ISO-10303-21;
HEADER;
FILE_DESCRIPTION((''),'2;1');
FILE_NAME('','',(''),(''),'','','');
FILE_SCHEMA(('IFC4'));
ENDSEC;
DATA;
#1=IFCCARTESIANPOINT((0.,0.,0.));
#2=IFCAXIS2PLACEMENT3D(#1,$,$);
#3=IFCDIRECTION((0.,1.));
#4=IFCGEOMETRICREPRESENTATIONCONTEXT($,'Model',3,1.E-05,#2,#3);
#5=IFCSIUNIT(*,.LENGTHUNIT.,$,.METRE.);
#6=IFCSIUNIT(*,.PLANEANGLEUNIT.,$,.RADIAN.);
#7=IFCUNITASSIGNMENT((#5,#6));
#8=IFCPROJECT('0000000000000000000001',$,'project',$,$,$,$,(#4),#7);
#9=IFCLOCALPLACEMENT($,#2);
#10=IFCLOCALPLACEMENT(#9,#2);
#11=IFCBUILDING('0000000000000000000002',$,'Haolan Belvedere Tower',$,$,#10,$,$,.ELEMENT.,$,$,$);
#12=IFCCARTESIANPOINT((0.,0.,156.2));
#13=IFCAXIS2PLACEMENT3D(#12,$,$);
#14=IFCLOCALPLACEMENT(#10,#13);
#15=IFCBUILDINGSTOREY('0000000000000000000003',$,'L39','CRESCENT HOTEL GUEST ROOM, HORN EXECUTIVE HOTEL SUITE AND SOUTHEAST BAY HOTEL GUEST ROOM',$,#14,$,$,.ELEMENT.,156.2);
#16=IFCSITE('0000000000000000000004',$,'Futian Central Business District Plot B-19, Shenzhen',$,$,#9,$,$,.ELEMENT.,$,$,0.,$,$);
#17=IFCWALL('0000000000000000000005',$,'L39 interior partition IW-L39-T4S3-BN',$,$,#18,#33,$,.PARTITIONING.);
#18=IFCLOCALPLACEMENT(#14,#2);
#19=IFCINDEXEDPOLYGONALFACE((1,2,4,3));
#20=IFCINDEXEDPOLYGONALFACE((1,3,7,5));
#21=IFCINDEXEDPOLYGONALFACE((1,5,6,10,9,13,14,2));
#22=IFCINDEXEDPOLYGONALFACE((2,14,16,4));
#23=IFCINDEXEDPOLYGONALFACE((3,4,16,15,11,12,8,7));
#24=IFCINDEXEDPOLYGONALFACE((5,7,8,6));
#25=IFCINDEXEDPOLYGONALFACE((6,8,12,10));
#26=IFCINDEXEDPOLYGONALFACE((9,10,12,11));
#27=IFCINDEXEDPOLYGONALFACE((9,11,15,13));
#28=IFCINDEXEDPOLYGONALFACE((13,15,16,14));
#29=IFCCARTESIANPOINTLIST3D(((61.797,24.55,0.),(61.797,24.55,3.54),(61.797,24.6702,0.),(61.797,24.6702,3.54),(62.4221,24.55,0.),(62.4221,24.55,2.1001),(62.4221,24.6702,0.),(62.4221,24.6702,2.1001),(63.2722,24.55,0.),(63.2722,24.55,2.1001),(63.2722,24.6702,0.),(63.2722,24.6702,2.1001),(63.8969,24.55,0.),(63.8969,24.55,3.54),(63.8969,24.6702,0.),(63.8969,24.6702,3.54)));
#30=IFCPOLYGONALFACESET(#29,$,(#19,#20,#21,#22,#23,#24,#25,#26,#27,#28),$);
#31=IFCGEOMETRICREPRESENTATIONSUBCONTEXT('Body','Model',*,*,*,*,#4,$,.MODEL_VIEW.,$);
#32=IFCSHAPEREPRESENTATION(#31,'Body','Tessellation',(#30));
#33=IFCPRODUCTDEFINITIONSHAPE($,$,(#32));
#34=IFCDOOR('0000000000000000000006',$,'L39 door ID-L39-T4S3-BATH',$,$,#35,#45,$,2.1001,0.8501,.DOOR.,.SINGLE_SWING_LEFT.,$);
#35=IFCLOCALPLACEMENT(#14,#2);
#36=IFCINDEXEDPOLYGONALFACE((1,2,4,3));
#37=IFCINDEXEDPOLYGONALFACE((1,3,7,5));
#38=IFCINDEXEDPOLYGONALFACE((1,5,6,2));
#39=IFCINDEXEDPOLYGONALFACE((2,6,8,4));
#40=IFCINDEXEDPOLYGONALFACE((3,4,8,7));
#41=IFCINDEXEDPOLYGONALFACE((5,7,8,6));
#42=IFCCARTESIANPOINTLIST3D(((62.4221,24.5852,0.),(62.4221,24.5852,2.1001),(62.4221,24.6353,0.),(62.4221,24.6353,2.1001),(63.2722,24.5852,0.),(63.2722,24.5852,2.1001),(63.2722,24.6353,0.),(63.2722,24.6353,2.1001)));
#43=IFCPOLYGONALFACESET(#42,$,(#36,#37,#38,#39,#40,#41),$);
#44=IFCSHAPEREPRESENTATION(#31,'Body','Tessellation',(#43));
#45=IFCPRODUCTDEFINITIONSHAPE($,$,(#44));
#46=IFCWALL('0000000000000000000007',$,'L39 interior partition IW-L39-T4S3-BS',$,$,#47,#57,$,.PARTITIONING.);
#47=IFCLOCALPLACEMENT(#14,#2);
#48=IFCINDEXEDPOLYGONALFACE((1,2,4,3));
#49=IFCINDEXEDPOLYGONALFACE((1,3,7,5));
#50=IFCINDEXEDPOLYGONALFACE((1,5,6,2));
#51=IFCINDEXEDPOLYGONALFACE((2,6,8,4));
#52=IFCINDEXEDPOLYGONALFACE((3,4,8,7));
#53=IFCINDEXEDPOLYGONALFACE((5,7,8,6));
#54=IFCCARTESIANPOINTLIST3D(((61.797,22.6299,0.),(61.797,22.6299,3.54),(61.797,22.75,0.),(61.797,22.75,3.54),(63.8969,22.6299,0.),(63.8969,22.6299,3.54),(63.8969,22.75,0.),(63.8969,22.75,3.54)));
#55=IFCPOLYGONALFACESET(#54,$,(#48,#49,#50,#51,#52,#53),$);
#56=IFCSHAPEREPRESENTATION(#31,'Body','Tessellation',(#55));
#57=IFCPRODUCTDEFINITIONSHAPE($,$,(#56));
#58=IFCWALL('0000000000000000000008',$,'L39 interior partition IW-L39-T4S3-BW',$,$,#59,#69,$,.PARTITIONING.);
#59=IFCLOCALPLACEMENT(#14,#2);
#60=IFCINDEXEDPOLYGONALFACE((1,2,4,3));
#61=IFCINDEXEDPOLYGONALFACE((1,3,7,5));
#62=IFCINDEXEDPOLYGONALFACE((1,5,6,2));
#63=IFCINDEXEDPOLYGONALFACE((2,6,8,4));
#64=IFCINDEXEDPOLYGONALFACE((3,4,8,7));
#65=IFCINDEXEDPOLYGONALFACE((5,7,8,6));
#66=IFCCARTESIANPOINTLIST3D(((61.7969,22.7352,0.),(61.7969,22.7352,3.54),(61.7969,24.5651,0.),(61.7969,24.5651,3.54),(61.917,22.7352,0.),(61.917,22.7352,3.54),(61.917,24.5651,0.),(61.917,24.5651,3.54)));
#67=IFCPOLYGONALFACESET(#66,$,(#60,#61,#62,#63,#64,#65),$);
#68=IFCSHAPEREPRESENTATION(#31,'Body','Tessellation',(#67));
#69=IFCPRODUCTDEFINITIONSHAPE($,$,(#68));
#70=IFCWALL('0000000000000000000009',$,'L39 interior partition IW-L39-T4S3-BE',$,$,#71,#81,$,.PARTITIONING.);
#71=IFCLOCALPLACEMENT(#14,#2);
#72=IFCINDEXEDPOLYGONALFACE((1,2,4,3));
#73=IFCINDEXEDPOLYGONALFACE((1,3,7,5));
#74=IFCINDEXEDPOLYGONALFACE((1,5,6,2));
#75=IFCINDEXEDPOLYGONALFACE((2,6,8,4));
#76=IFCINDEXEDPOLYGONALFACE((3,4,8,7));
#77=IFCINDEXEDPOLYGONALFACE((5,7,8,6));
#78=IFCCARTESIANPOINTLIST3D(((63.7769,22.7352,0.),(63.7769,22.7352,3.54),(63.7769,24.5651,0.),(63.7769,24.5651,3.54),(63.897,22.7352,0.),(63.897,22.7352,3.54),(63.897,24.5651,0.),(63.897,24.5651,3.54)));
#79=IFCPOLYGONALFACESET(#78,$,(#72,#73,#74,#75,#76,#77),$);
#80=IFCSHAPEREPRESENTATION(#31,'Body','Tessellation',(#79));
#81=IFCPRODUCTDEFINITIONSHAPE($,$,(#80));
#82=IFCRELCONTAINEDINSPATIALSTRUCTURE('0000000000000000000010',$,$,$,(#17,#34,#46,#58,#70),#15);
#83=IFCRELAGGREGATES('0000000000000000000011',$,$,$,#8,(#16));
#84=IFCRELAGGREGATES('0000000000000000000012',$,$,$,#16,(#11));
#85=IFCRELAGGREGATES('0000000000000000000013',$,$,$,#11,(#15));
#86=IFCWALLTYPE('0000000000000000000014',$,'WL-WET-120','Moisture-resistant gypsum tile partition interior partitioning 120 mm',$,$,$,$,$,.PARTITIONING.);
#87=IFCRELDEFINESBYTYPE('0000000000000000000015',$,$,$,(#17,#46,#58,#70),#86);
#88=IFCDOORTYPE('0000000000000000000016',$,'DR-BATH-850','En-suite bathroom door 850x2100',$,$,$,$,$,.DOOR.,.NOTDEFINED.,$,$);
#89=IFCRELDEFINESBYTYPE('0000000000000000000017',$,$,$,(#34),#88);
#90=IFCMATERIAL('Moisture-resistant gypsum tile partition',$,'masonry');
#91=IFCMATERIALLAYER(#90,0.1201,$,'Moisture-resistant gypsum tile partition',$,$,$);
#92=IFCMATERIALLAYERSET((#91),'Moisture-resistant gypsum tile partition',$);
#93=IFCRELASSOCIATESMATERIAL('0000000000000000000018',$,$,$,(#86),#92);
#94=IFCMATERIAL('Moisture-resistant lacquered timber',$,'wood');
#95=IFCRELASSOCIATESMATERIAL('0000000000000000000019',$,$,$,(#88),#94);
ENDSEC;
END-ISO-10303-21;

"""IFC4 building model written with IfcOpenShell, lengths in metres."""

from ifc_helpers import new_model, si_unit, direction, frame, frame_2d, origin, place, context, subcontext, project, spatial, rectangle, extrude, material, layer, layer_set, type_object, element, fill, save


model = new_model("IFC4")

# Units and contexts
model_context = context("Model", 3, precision=1e-05, world=origin(), true_north=direction((0.0, 1.0)))
body_context = subcontext(model_context, "Body", "Model", "MODEL_VIEW")
ifc_project = project(units=[si_unit("LENGTHUNIT", "METRE"), si_unit("PLANEANGLEUNIT", "RADIAN")], contexts=[model_context])

# Site, building, storey
site_placement = place(None, origin())
site = spatial("IfcSite", under=ifc_project, at=site_placement, Name="Futian Central Business District Plot B-19, Shenzhen", CompositionType="ELEMENT", RefElevation=0.0)
building_placement = place(site_placement, origin())
building = spatial("IfcBuilding", under=site, at=building_placement, Name="Haolan Belvedere Tower", CompositionType="ELEMENT")
storey_placement = place(building_placement, frame((0.0, 0.0, 156.2)))
storey = spatial("IfcBuildingStorey", under=building, at=storey_placement, Name="L39", Description="CRESCENT HOTEL GUEST ROOM, HORN EXECUTIVE HOTEL SUITE AND SOUTHEAST BAY HOTEL GUEST ROOM", CompositionType="ELEMENT", Elevation=156.2)

# Shared definitions
ifc_material_1 = material(Name="Moisture-resistant gypsum tile partition", Category="masonry")
ifc_layer_1 = layer(ifc_material_1, 0.1201, Name="Moisture-resistant gypsum tile partition")
ifc_layer_set_1 = layer_set([ifc_layer_1], Name="Moisture-resistant gypsum tile partition")
wall_type_1 = type_object("IfcWallType", Name="WL-WET-120", Description="Moisture-resistant gypsum tile partition interior partitioning 120 mm", PredefinedType="PARTITIONING", material=ifc_layer_set_1)

# Shared definitions
ifc_material_2 = material(Name="Moisture-resistant lacquered timber", Category="wood")
door_type = type_object("IfcDoorType", Name="DR-BATH-850", Description="En-suite bathroom door 850x2100", OperationType="NOTDEFINED", PredefinedType="DOOR", material=ifc_material_2)

# Wall, opening, door
wall_1_placement = place(storey_placement, frame((61.7971, 24.6101, 0.0), z_axis=(0.0, 0.0, 1.0), x_axis=(1.0, 0.0, 0.0)))
wall_1 = element("IfcWall", 1, at=wall_1_placement, inside=storey, type_object=wall_type_1, Name="L39 interior partition IW-L39-T4S3-BN", PredefinedType="PARTITIONING", context=body_context, shape_type="SweptSolid", body=[
    extrude(rectangle(XDim=2.0999, YDim=0.1201, at=frame_2d((1.0498, 0.0))), origin(), (0.0, 0.0, 1.0), 3.54),
])
opening_1_placement = place(wall_1_placement, frame((1.4751, 0.0, 0.0), z_axis=(0.0, 0.0, 1.0), x_axis=(-1.0, 0.0, 0.0)))
opening_1 = element("IfcOpeningElement", 2, at=opening_1_placement, cuts=wall_1, PredefinedType="OPENING", context=body_context, shape_type="SweptSolid", body=[
    extrude(rectangle(XDim=0.8501, YDim=2.1001, at=frame_2d((0.425, 1.05))), frame((0.0, 0.0701, 0.0), z_axis=(0.0, -1.0, 0.0), x_axis=(1.0, 0.0, 0.0)), (0.0, 0.0, 1.0), 0.1401),
])
door_1_placement = place(opening_1_placement, origin())
door_1 = element("IfcDoor", 3, at=door_1_placement, inside=storey, type_object=door_type, Name="L39 door ID-L39-T4S3-BATH", OperationType="SINGLE_SWING_LEFT", OverallHeight=2.1001, OverallWidth=0.8501, PredefinedType="DOOR", context=body_context, shape_type="SweptSolid", body=[
    extrude(rectangle(XDim=0.8501, YDim=2.1001, at=frame_2d((0.425, 1.05))), frame((0.0, 0.0249, 0.0), z_axis=(0.0, -1.0, 0.0), x_axis=(1.0, 0.0, 0.0)), (0.0, 0.0, 1.0), 0.05),
])
fill(opening_1, door_1)

# Walls
wall_2_placement = place(storey_placement, frame((61.7971, 22.6899, 0.0), z_axis=(0.0, 0.0, 1.0), x_axis=(1.0, 0.0, 0.0)))
element("IfcWall", 4, at=wall_2_placement, inside=storey, type_object=wall_type_1, Name="L39 interior partition IW-L39-T4S3-BS", PredefinedType="PARTITIONING", context=body_context, shape_type="SweptSolid", body=[
    extrude(rectangle(XDim=2.0999, YDim=0.1201, at=frame_2d((1.0498, 0.0))), origin(), (0.0, 0.0, 1.0), 3.54),
])
for number, where, z_axis, x_axis, name in (
    (5, (61.8569, 22.7351, 0.0), (0.0, 0.0, 1.0), (0.0, 1.0, 0.0), "L39 interior partition IW-L39-T4S3-BW"),
    (6, (63.8369, 22.7351, 0.0), (0.0, 0.0, 1.0), (0.0, 1.0, 0.0), "L39 interior partition IW-L39-T4S3-BE"),
):
    element("IfcWall", number, at=place(storey_placement, frame(where, z_axis=z_axis, x_axis=x_axis)), inside=storey, type_object=wall_type_1, Name=name, PredefinedType="PARTITIONING", context=body_context, shape_type="SweptSolid", body=[
        extrude(rectangle(XDim=1.8298, YDim=0.1201, at=frame_2d((0.915, 0.0))), origin(), (0.0, 0.0, 1.0), 3.54),
    ])

save(model, "model.ifc")
